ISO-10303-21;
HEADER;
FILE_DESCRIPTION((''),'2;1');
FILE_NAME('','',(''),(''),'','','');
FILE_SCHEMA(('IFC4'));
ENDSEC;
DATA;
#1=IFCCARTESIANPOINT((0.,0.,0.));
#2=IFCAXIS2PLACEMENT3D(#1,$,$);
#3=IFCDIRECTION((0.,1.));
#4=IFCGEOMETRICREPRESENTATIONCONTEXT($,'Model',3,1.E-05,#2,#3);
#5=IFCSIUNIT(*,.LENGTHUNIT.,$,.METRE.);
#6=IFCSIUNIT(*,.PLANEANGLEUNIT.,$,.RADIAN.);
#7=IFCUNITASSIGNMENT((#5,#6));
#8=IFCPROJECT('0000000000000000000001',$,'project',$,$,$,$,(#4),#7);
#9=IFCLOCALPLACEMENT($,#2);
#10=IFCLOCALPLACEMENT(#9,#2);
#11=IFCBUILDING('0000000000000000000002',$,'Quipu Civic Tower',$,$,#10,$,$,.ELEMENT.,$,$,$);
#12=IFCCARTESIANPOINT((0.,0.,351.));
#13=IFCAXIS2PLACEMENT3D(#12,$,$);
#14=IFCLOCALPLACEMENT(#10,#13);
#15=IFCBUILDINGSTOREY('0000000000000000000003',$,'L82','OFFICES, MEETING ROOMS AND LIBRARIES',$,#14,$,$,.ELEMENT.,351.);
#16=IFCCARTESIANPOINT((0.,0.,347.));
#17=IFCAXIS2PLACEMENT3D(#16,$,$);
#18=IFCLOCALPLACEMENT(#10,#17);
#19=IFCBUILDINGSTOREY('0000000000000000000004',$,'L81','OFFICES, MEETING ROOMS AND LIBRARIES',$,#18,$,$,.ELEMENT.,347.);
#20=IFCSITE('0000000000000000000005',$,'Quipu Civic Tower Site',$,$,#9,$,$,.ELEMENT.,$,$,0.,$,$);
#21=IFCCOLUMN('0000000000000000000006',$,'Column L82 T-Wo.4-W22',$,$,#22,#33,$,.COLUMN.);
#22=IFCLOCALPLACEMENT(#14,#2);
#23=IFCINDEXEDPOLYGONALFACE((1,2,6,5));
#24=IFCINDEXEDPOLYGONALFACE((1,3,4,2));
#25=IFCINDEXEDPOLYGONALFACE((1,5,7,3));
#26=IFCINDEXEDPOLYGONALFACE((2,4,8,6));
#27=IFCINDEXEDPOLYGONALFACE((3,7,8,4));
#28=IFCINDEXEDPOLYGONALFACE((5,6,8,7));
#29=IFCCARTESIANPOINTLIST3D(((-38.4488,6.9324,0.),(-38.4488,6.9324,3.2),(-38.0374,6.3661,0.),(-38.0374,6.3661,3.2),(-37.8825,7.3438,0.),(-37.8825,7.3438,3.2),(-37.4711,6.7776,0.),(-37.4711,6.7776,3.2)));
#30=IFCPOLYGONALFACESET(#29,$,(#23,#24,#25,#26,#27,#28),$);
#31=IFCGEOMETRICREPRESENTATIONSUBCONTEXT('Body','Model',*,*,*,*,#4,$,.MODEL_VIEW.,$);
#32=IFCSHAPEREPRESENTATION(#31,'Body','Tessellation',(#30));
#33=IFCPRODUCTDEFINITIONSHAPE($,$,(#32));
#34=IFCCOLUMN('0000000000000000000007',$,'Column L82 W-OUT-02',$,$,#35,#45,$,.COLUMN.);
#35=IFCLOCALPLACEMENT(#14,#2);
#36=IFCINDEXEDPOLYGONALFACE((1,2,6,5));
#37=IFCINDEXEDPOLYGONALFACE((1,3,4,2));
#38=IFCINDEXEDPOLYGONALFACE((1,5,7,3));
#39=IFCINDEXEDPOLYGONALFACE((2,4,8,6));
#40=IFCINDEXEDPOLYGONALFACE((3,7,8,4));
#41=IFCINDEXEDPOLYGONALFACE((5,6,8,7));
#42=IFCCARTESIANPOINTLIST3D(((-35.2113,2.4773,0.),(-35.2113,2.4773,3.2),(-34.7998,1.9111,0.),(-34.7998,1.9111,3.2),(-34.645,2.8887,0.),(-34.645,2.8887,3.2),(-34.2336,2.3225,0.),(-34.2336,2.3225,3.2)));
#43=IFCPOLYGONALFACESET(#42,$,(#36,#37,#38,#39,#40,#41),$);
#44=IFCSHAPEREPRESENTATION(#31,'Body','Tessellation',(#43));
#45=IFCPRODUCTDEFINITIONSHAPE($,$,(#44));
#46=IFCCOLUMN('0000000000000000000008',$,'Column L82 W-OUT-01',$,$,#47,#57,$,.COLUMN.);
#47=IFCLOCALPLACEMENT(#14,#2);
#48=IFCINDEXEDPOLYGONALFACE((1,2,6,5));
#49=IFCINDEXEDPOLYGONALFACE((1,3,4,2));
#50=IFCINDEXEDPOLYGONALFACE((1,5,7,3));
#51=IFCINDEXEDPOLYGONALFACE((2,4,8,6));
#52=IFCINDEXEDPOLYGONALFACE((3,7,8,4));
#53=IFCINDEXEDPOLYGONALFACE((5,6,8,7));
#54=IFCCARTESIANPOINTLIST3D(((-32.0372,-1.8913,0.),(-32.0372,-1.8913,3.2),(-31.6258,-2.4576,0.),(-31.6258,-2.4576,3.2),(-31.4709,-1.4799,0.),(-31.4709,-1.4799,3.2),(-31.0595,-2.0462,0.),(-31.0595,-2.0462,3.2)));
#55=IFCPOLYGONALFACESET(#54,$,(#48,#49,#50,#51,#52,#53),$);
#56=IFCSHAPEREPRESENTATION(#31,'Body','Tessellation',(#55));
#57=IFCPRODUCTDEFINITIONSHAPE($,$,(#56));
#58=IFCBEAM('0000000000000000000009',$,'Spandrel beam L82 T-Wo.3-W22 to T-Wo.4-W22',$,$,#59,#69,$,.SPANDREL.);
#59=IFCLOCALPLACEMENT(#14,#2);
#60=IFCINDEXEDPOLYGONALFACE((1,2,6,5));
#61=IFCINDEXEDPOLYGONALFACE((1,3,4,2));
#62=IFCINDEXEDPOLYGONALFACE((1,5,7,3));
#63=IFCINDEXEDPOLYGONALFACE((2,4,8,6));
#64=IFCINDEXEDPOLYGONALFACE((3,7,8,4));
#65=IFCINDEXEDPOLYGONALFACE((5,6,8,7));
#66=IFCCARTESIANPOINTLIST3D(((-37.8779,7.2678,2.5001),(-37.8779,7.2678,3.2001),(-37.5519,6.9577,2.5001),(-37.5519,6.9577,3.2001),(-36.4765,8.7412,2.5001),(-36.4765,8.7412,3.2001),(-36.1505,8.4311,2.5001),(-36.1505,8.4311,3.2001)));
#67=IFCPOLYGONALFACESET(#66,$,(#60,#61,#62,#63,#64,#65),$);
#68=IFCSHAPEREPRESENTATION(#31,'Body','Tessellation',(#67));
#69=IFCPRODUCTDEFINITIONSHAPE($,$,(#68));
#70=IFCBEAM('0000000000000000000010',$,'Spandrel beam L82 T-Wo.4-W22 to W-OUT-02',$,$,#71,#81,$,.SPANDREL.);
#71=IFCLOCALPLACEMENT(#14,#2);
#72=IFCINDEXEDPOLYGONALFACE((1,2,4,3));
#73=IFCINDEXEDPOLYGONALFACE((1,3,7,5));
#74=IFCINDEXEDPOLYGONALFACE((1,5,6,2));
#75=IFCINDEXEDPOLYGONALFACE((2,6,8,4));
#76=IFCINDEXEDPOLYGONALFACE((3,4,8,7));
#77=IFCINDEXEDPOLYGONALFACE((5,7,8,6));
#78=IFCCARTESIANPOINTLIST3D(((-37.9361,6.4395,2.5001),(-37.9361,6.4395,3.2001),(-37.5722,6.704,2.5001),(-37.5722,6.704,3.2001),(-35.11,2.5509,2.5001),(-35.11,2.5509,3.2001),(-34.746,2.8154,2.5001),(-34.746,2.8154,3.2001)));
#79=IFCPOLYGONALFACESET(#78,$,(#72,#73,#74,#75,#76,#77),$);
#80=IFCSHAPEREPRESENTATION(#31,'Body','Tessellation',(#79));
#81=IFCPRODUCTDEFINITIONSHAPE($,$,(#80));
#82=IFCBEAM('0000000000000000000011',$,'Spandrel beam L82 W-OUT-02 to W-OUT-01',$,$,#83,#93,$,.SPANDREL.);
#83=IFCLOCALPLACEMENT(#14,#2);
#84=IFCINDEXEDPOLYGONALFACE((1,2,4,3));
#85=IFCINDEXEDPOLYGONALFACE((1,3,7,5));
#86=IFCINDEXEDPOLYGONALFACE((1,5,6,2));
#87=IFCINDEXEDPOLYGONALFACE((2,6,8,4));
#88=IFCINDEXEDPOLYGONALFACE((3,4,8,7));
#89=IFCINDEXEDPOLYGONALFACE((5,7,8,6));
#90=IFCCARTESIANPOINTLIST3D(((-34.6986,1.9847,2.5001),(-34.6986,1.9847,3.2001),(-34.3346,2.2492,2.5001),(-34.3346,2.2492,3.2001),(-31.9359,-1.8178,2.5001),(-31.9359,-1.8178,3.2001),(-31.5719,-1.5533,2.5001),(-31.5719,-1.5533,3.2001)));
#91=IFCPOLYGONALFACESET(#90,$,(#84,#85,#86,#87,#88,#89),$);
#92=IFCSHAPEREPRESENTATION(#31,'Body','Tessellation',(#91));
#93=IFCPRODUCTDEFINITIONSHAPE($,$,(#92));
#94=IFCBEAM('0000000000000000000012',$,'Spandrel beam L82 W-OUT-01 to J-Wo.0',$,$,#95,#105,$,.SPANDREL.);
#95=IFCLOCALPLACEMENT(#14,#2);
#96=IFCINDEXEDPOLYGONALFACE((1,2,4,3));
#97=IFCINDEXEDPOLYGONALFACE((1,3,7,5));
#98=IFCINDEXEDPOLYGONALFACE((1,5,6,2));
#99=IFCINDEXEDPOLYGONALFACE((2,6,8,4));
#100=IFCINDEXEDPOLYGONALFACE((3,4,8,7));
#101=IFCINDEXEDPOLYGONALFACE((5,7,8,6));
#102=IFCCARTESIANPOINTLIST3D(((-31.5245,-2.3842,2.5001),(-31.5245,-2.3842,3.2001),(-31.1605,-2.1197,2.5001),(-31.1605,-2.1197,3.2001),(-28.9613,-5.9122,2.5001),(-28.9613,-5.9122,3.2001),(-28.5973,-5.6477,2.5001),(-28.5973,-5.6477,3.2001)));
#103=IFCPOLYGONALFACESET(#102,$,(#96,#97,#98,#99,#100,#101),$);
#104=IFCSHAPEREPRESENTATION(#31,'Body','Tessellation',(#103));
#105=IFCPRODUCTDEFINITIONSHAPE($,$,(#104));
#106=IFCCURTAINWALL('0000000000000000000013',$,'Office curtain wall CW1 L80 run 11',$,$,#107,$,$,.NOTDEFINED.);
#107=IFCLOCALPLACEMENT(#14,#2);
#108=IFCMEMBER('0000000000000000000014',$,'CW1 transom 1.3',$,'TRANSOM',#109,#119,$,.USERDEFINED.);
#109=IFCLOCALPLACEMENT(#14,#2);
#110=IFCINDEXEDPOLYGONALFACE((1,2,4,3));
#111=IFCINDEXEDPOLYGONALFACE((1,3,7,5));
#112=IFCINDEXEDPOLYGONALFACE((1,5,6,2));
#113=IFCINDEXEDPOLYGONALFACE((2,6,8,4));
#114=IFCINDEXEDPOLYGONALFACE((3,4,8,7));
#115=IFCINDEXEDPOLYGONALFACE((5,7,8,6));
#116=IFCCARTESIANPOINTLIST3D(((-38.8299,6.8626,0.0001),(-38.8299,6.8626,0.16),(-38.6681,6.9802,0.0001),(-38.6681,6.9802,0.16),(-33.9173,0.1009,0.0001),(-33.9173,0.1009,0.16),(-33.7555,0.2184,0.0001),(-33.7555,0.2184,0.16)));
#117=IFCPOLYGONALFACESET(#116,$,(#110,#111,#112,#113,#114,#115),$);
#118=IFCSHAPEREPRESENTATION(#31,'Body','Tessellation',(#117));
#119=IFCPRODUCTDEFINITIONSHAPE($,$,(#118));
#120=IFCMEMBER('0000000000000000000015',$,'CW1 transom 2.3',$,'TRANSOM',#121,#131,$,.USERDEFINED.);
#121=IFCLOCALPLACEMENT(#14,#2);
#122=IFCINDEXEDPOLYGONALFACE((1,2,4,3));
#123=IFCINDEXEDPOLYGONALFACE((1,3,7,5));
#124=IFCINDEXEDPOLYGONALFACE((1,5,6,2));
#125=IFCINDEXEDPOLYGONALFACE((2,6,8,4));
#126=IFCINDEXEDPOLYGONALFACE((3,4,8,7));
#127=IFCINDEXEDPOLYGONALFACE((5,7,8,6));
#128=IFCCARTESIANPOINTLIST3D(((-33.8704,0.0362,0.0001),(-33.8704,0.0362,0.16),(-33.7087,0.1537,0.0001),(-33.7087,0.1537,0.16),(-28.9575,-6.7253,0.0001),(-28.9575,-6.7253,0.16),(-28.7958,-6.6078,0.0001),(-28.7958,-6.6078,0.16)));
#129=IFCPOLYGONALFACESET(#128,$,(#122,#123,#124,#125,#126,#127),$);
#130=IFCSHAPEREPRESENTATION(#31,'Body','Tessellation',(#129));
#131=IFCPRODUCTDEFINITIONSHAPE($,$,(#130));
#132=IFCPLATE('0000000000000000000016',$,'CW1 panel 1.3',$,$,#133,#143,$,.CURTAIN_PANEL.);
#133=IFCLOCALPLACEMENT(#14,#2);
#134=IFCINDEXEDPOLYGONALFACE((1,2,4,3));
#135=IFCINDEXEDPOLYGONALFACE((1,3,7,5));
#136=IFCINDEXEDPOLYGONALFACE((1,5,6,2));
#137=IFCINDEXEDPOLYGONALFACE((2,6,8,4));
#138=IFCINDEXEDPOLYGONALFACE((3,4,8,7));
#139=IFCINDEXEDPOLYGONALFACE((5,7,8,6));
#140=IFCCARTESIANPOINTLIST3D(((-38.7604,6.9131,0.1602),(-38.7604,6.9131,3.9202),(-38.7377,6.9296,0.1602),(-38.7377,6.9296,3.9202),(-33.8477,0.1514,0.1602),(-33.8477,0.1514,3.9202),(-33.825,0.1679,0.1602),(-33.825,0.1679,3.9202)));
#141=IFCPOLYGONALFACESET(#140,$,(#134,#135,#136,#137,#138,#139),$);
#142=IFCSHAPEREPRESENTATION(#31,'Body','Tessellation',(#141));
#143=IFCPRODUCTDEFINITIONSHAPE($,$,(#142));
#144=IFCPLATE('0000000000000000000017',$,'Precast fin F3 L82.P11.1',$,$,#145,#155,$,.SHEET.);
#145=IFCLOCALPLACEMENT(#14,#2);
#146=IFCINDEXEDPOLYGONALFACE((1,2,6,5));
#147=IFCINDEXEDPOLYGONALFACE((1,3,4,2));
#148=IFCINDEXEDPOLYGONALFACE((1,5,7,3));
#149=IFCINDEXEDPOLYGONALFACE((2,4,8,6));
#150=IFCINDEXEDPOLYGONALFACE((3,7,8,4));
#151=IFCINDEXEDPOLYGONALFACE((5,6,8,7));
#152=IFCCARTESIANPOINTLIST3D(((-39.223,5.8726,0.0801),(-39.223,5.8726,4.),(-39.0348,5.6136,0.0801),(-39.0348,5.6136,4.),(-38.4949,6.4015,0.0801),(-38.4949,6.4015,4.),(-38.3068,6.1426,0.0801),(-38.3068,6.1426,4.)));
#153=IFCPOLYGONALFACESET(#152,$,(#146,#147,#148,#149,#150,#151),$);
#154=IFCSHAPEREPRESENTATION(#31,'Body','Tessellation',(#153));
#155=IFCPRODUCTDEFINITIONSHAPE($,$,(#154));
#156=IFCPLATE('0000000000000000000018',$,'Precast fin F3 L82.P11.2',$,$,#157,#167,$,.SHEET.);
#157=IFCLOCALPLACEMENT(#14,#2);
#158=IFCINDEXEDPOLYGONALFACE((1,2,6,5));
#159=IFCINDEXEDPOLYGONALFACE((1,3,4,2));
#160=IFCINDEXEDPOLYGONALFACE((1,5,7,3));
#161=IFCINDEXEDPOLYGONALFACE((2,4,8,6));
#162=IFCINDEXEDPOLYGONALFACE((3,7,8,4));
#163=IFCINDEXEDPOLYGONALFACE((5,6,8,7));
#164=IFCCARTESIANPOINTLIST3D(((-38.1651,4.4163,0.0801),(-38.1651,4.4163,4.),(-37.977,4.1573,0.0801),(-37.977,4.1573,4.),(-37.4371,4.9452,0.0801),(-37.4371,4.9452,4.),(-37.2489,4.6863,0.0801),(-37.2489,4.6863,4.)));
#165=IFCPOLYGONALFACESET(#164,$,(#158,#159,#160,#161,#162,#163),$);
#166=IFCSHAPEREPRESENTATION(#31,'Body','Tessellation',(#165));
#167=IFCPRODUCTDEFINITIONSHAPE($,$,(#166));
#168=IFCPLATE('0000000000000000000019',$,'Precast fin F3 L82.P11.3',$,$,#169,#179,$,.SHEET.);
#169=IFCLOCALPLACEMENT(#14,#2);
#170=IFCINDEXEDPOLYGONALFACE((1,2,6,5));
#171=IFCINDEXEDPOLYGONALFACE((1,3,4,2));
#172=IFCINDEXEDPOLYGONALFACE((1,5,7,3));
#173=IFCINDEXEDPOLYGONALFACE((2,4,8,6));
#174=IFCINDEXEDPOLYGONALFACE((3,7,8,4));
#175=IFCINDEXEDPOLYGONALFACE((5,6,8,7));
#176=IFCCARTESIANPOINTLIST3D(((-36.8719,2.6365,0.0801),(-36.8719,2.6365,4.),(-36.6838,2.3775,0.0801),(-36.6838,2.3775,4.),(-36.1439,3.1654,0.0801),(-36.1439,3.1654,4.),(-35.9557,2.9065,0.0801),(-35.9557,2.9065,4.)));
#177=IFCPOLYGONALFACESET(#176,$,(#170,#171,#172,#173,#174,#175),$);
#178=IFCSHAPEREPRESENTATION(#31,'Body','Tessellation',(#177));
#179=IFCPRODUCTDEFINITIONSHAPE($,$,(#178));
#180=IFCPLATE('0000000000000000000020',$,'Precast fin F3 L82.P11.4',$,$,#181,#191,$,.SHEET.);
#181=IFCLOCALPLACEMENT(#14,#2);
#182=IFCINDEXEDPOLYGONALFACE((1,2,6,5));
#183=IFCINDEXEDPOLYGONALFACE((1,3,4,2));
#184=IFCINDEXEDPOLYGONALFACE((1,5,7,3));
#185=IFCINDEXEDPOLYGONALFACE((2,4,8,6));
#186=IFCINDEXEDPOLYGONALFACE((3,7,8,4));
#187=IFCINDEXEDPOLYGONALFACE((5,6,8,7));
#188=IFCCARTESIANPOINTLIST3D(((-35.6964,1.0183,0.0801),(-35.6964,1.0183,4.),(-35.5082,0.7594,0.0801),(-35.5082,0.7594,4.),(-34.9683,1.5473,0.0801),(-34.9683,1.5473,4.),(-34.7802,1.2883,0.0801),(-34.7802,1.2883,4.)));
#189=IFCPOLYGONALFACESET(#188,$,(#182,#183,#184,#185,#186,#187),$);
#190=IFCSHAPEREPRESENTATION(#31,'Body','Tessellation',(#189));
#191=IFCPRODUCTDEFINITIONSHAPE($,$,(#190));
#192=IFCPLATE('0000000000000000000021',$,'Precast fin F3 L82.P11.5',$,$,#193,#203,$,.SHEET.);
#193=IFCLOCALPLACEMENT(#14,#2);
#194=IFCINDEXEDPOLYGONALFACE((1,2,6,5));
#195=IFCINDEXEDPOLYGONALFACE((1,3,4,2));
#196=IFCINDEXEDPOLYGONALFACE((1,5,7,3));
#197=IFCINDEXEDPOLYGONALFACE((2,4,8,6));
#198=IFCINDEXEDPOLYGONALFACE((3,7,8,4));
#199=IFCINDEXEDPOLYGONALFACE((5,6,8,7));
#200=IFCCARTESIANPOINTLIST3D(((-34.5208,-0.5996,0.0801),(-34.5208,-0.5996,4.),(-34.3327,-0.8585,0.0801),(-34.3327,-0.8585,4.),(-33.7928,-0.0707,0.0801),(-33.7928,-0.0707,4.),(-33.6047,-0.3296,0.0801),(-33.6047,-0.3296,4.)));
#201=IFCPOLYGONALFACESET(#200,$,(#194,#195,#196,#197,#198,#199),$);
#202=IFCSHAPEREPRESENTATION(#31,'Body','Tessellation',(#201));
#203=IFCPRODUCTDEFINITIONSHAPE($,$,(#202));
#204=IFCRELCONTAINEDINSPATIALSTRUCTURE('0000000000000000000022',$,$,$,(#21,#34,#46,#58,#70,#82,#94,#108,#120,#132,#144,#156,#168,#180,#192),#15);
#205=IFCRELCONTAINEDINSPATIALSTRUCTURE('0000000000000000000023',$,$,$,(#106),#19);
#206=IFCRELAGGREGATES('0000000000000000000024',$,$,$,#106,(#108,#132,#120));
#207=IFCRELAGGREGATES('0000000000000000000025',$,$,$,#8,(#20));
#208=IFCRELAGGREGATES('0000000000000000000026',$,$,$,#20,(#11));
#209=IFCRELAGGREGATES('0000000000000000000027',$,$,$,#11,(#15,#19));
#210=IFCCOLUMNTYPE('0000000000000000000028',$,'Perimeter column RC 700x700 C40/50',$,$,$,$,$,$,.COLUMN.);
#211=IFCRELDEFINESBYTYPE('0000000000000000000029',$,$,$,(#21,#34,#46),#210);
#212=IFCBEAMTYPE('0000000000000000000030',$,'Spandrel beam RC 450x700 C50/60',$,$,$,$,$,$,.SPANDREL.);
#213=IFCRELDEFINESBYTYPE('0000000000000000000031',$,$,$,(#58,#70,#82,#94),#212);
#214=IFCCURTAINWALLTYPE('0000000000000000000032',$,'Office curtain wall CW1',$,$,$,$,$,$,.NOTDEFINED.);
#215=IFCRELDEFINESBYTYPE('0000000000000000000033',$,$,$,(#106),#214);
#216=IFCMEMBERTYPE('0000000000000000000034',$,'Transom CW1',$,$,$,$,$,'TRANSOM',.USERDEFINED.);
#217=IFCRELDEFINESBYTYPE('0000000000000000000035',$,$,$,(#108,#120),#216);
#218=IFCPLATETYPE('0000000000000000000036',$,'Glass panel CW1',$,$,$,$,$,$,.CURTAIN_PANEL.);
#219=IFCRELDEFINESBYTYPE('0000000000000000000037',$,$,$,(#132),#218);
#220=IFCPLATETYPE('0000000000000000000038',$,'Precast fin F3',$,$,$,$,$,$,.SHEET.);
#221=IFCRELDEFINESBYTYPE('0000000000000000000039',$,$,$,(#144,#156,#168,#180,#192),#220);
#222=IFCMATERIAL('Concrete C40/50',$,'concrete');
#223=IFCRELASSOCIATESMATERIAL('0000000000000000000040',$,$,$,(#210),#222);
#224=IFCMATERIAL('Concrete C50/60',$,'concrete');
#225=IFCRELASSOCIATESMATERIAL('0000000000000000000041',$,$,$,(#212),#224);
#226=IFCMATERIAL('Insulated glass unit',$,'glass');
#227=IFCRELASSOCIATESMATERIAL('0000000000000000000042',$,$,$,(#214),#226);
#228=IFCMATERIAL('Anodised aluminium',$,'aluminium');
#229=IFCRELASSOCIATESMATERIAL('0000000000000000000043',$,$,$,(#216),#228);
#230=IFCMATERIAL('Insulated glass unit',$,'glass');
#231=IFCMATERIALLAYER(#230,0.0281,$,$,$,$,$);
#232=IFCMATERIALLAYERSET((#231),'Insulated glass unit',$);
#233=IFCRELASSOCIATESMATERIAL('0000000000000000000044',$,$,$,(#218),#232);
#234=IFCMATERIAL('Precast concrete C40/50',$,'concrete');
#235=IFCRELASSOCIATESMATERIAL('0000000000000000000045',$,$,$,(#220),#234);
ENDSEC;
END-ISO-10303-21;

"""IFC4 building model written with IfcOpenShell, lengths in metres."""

from ifc_helpers import new_model, si_unit, direction, frame, origin, origin_2d, place, context, subcontext, project, spatial, rectangle, extrude, material, layer, layer_set, material_profile, profile_set, type_object, element, aggregate, save


model = new_model("IFC4")

# Units and contexts
model_context = context("Model", 3, precision=1e-05, world=origin(), true_north=direction((0.0, 1.0)))
body_context = subcontext(model_context, "Body", "Model", "MODEL_VIEW")
ifc_project = project(units=[si_unit("LENGTHUNIT", "METRE"), si_unit("PLANEANGLEUNIT", "RADIAN")], contexts=[model_context])

# Site, building, storey
site_placement = place(None, origin())
site = spatial("IfcSite", under=ifc_project, at=site_placement, Name="Quipu Civic Tower Site", CompositionType="ELEMENT", RefElevation=0.0)
building_placement = place(site_placement, origin())
building = spatial("IfcBuilding", under=site, at=building_placement, Name="Quipu Civic Tower", CompositionType="ELEMENT")
storey_1_placement = place(building_placement, frame((0.0, 0.0, 351.0)))
storey_1 = spatial("IfcBuildingStorey", under=building, at=storey_1_placement, Name="L82", Description="OFFICES, MEETING ROOMS AND LIBRARIES", CompositionType="ELEMENT", Elevation=351.0)

# Columns
ifc_material_1 = material(Name="Concrete C40/50", Category="concrete")
ifc_material_profile_1 = material_profile(ifc_material_1, rectangle(XDim=0.7, YDim=0.7, at=origin_2d()), Name="RC700x700")
ifc_profile_set_1 = profile_set([ifc_material_profile_1], Name="Concrete C40/50")
column_type = type_object("IfcColumnType", Name="Perimeter column RC 700x700 C40/50", PredefinedType="COLUMN", material=ifc_profile_set_1)
for number, where, z_axis, x_axis, name in (
    (1, (-37.96, 6.855, 0.0), (0.0, 0.0, 1.0), (0.587785, -0.809017, 0.0), "Column L82 T-Wo.4-W22"),
    (2, (-34.7224, 2.3999, 0.0), (0.0, 0.0, 1.0), (0.587785, -0.809017, 0.0), "Column L82 W-OUT-02"),
    (3, (-31.5483, -1.9688, 0.0), (0.0, 0.0, 1.0), (0.587785, -0.809017, 0.0), "Column L82 W-OUT-01"),
):
    element("IfcColumn", number, at=place(storey_1_placement, frame(where, z_axis=z_axis, x_axis=x_axis)), inside=storey_1, type_object=column_type, Name=name, PredefinedType="COLUMN", context=body_context, shape_type="SweptSolid", body=[
        extrude(rectangle(XDim=0.7, YDim=0.7, at=origin_2d()), origin(), (0.0, 0.0, 1.0), 3.2),
    ])

# Beams
ifc_material_2 = material(Name="Concrete C50/60", Category="concrete")
ifc_material_profile_2 = material_profile(ifc_material_2, rectangle(XDim=0.45, YDim=0.7, at=origin_2d()), Name="RC450x700")
ifc_profile_set_2 = profile_set([ifc_material_profile_2], Name="Concrete C50/60")
beam_type = type_object("IfcBeamType", Name="Spandrel beam RC 450x700 C50/60", PredefinedType="SPANDREL", material=ifc_profile_set_2)
beam_1_placement = place(storey_1_placement, frame((-36.3135, 8.5862, 2.8501), z_axis=(-0.689175, -0.724595, 0.0), x_axis=(0.724595, -0.689175, 0.0)))
element("IfcBeam", 4, at=beam_1_placement, inside=storey_1, type_object=beam_type, Name="Spandrel beam L82 T-Wo.3-W22 to T-Wo.4-W22", PredefinedType="SPANDREL", context=body_context, shape_type="SweptSolid", body=[
    extrude(rectangle(XDim=0.45, YDim=0.7, at=origin_2d()), origin(), (0.0, 0.0, 1.0), 2.0334),
])
beam_2_placement = place(storey_1_placement, frame((-37.7542, 6.5718, 2.8501), z_axis=(0.587906, -0.808929, 0.0), x_axis=(0.808929, 0.587906, 0.0)))
element("IfcBeam", 5, at=beam_2_placement, inside=storey_1, type_object=beam_type, Name="Spandrel beam L82 T-Wo.4-W22 to W-OUT-02", PredefinedType="SPANDREL", context=body_context, shape_type="SweptSolid", body=[
    extrude(rectangle(XDim=0.45, YDim=0.7, at=origin_2d()), origin(), (0.0, 0.0, 1.0), 4.8071),
])
beam_3_placement = place(storey_1_placement, frame((-34.5166, 2.1169, 2.8501), z_axis=(0.587789, -0.809015, 0.0), x_axis=(0.809015, 0.587789, 0.0)))
element("IfcBeam", 6, at=beam_3_placement, inside=storey_1, type_object=beam_type, Name="Spandrel beam L82 W-OUT-02 to W-OUT-01", PredefinedType="SPANDREL", context=body_context, shape_type="SweptSolid", body=[
    extrude(rectangle(XDim=0.45, YDim=0.7, at=origin_2d()), origin(), (0.0, 0.0, 1.0), 4.7002),
])
beam_4_placement = place(storey_1_placement, frame((-31.3425, -2.252, 2.8501), z_axis=(0.587776, -0.809024, 0.0), x_axis=(0.809024, 0.587776, 0.0)))
element("IfcBeam", 7, at=beam_4_placement, inside=storey_1, type_object=beam_type, Name="Spandrel beam L82 W-OUT-01 to J-Wo.0", PredefinedType="SPANDREL", context=body_context, shape_type="SweptSolid", body=[
    extrude(rectangle(XDim=0.45, YDim=0.7, at=origin_2d()), origin(), (0.0, 0.0, 1.0), 4.3608),
])

# Shared definitions
storey_2_placement = place(building_placement, frame((0.0, 0.0, 347.0)))
storey_2 = spatial("IfcBuildingStorey", under=building, at=storey_2_placement, Name="L81", Description="OFFICES, MEETING ROOMS AND LIBRARIES", CompositionType="ELEMENT", Elevation=347.0)

# Curtain wall, members, plate
ifc_material_3 = material(Name="Insulated glass unit", Category="glass")
curtain_wall_type = type_object("IfcCurtainWallType", Name="Office curtain wall CW1", PredefinedType="NOTDEFINED", material=ifc_material_3)
curtain_wall_placement = place(storey_2_placement, origin())
curtain_wall = element("IfcCurtainWall", 8, at=curtain_wall_placement, inside=storey_2, type_object=curtain_wall_type, Name="Office curtain wall CW1 L80 run 11", PredefinedType="NOTDEFINED")
ifc_material_4 = material(Name="Anodised aluminium", Category="aluminium")
ifc_material_profile_3 = material_profile(ifc_material_4, rectangle(XDim=0.2, YDim=0.1599, at=origin_2d()), Name="RECT 200x160")
ifc_profile_set_3 = profile_set([ifc_material_profile_3], Name="Anodised aluminium")
member_type = type_object("IfcMemberType", Name="Transom CW1", ElementType="TRANSOM", PredefinedType="USERDEFINED", material=ifc_profile_set_3)
member_1_placement = place(storey_1_placement, frame((-38.749, 6.9214, 0.0801), z_axis=(0.587779, -0.809021, 0.0), x_axis=(0.809021, 0.587779, 0.0)))
member_1 = element("IfcMember", 9, at=member_1_placement, inside=storey_1, type_object=member_type, Name="CW1 transom 1.3", ObjectType="TRANSOM", PredefinedType="USERDEFINED", context=body_context, shape_type="SweptSolid", body=[
    extrude(rectangle(XDim=0.2, YDim=0.1599, at=origin_2d()), origin(), (0.0, 0.0, 1.0), 8.3579),
])
member_2_placement = place(storey_1_placement, frame((-33.7896, 0.095, 0.0801), z_axis=(0.587812, -0.808997, 0.0), x_axis=(0.808997, 0.587812, 0.0)))
member_2 = element("IfcMember", 10, at=member_2_placement, inside=storey_1, type_object=member_type, Name="CW1 transom 2.3", ObjectType="TRANSOM", PredefinedType="USERDEFINED", context=body_context, shape_type="SweptSolid", body=[
    extrude(rectangle(XDim=0.2, YDim=0.1599, at=origin_2d()), origin(), (0.0, 0.0, 1.0), 8.3579),
])
ifc_material_5 = material(Name="Insulated glass unit", Category="glass")
ifc_layer_1 = layer(ifc_material_5, 0.0281)
ifc_layer_set_1 = layer_set([ifc_layer_1], Name="Insulated glass unit")
plate_type_1 = type_object("IfcPlateType", Name="Glass panel CW1", PredefinedType="CURTAIN_PANEL", material=ifc_layer_set_1)
plate_placement = place(storey_1_placement, frame((-36.2927, 3.5405, 0.1602), z_axis=(0.0, 0.0, 1.0), x_axis=(0.587786, -0.809016, 0.0)))
plate = element("IfcPlate", 11, at=plate_placement, inside=storey_1, type_object=plate_type_1, Name="CW1 panel 1.3", PredefinedType="CURTAIN_PANEL", context=body_context, shape_type="SweptSolid", body=[
    extrude(rectangle(XDim=8.3579, YDim=0.0281, at=origin_2d()), origin(), (0.0, 0.0, 1.0), 3.76),
])
aggregate(curtain_wall, [member_1, plate, member_2])

# Plates
ifc_material_6 = material(Name="Precast concrete C40/50", Category="concrete")
plate_type_2 = type_object("IfcPlateType", Name="Precast fin F3", PredefinedType="SHEET", material=ifc_material_6)
for number, where, z_axis, x_axis, name in (
    (12, (-38.7649, 6.0076, 0.0801), (0.0, 0.0, 1.0), (0.587787, -0.809016, 0.0), "Precast fin F3 L82.P11.1"),
    (13, (-37.707, 4.5513, 0.0801), (0.0, 0.0, 1.0), (0.587787, -0.809016, 0.0), "Precast fin F3 L82.P11.2"),
    (14, (-36.4138, 2.7715, 0.0801), (0.0, 0.0, 1.0), (0.587787, -0.809016, 0.0), "Precast fin F3 L82.P11.3"),
    (15, (-35.2383, 1.1533, 0.0801), (0.0, 0.0, 1.0), (0.587787, -0.809016, 0.0), "Precast fin F3 L82.P11.4"),
    (16, (-34.0627, -0.4646, 0.0801), (0.0, 0.0, 1.0), (0.587787, -0.809016, 0.0), "Precast fin F3 L82.P11.5"),
):
    element("IfcPlate", number, at=place(storey_1_placement, frame(where, z_axis=z_axis, x_axis=x_axis)), inside=storey_1, type_object=plate_type_2, Name=name, PredefinedType="SHEET", context=body_context, shape_type="SweptSolid", body=[
        extrude(rectangle(XDim=0.3201, YDim=0.8999, at=origin_2d()), origin(), (0.0, 0.0, 1.0), 3.9199),
    ])

save(model, "model.ifc")
